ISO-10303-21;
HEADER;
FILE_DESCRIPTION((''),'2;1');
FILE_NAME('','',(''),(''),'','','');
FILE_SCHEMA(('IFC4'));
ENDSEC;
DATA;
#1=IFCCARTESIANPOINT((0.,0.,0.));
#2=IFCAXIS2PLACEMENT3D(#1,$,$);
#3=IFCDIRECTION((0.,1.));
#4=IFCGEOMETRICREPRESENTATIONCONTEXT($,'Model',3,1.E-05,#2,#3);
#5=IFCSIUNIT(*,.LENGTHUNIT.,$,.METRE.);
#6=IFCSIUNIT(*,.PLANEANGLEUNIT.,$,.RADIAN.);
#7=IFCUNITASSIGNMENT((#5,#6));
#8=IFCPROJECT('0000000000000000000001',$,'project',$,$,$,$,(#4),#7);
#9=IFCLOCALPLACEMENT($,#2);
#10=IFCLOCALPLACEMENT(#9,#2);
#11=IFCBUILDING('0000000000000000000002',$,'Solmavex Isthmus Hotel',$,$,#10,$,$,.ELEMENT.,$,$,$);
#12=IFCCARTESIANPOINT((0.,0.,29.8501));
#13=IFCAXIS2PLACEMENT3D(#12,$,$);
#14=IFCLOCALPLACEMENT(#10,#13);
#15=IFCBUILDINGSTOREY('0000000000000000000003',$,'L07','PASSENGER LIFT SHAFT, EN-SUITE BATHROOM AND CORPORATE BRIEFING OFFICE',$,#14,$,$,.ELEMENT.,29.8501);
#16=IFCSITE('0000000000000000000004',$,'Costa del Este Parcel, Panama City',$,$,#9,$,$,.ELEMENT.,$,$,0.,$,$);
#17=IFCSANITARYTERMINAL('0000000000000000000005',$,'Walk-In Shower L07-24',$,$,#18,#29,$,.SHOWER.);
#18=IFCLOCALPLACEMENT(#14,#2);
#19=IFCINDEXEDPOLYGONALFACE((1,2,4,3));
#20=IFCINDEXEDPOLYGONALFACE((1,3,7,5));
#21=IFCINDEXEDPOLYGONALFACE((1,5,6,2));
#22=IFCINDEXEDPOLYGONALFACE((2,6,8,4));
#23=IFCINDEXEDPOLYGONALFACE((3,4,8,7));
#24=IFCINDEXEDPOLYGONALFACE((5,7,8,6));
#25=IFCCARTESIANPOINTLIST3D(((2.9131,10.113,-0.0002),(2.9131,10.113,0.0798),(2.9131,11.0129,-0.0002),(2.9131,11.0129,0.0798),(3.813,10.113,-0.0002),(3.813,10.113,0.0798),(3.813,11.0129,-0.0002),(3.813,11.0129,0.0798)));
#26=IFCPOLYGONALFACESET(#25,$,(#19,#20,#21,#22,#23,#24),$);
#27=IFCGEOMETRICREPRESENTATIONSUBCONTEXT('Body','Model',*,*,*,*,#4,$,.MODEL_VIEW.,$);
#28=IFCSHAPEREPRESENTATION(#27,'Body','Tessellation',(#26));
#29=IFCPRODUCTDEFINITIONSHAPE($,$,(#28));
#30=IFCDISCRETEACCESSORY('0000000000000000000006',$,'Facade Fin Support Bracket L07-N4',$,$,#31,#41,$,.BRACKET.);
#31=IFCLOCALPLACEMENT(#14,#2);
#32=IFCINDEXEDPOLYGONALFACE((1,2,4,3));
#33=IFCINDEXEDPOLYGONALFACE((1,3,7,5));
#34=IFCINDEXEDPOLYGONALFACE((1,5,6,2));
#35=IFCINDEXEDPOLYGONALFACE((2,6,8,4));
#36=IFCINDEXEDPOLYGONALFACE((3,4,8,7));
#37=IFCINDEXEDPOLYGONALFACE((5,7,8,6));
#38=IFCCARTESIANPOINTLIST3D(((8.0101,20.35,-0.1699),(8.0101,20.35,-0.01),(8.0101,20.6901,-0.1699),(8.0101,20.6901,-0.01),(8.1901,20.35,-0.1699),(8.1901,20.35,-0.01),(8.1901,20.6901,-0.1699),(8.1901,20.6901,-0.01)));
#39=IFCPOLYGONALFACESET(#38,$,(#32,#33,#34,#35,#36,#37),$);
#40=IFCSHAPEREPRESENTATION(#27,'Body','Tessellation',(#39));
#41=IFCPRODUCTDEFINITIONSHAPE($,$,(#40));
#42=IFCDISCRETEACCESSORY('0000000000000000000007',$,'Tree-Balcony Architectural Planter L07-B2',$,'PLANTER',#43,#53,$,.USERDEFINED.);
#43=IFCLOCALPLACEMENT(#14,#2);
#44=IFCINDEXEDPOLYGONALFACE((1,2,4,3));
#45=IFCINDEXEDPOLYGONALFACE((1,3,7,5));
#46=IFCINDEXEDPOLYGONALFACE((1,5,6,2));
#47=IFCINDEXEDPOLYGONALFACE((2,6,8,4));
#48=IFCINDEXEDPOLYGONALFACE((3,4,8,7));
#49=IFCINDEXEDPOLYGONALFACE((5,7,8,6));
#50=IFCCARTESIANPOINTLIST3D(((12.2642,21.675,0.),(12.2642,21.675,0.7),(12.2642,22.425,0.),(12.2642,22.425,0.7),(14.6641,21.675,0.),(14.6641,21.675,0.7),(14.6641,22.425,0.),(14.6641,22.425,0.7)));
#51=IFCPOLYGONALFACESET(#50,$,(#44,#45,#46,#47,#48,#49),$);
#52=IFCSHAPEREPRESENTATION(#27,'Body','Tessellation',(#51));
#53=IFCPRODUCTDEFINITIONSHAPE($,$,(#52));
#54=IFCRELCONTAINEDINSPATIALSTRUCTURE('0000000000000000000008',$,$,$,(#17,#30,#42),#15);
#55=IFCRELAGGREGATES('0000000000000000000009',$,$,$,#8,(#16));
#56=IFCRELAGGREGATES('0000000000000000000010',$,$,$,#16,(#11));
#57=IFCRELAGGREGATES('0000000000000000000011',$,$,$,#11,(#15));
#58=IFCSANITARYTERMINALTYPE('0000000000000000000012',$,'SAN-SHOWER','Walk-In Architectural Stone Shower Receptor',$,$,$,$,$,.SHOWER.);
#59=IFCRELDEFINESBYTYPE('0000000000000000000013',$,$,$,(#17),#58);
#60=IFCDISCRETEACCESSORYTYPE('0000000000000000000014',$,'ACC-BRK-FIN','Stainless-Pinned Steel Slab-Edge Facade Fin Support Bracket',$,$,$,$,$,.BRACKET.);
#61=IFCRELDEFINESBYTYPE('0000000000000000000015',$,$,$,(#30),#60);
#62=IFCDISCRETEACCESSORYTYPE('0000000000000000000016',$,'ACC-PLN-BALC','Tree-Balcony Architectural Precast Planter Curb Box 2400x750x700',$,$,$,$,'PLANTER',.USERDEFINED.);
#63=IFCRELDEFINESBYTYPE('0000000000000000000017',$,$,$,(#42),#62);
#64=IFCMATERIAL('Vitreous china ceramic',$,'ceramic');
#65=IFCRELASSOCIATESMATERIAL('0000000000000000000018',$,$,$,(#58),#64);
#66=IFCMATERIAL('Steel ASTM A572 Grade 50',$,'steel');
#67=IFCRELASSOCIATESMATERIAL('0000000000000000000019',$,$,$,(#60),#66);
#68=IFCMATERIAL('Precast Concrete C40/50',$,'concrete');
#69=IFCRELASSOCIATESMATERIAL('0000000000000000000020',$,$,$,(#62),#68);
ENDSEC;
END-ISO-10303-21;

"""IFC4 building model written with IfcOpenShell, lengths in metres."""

from ifc_helpers import new_model, si_unit, direction, frame, origin, origin_2d, place, context, subcontext, project, spatial, rectangle, extrude, material, type_object, element, save


model = new_model("IFC4")

# Units and contexts
model_context = context("Model", 3, precision=1e-05, world=origin(), true_north=direction((0.0, 1.0)))
body_context = subcontext(model_context, "Body", "Model", "MODEL_VIEW")
ifc_project = project(units=[si_unit("LENGTHUNIT", "METRE"), si_unit("PLANEANGLEUNIT", "RADIAN")], contexts=[model_context])

# Site, building, storey
site_placement = place(None, origin())
site = spatial("IfcSite", under=ifc_project, at=site_placement, Name="Costa del Este Parcel, Panama City", CompositionType="ELEMENT", RefElevation=0.0)
building_placement = place(site_placement, origin())
building = spatial("IfcBuilding", under=site, at=building_placement, Name="Solmavex Isthmus Hotel", CompositionType="ELEMENT")
storey_placement = place(building_placement, frame((0.0, 0.0, 29.8501)))
storey = spatial("IfcBuildingStorey", under=building, at=storey_placement, Name="L07", Description="PASSENGER LIFT SHAFT, EN-SUITE BATHROOM AND CORPORATE BRIEFING OFFICE", CompositionType="ELEMENT", Elevation=29.8501)

# Shared definitions
ifc_material_1 = material(Name="Precast Concrete C40/50", Category="concrete")

# Sanitary terminal
ifc_material_2 = material(Name="Vitreous china ceramic", Category="ceramic")
sanitary_terminal_type = type_object("IfcSanitaryTerminalType", Name="SAN-SHOWER", Description="Walk-In Architectural Stone Shower Receptor", PredefinedType="SHOWER", material=ifc_material_2)
sanitary_terminal_placement = place(storey_placement, frame((3.363, 10.563, -0.0002), z_axis=(0.0, 0.0, 1.0), x_axis=(1.0, 0.0, 0.0)))
element("IfcSanitaryTerminal", 1, at=sanitary_terminal_placement, inside=storey, type_object=sanitary_terminal_type, Name="Walk-In Shower L07-24", PredefinedType="SHOWER", context=body_context, shape_type="SweptSolid", body=[
    extrude(rectangle(XDim=0.8999, YDim=0.8999, at=origin_2d()), origin(), (0.0, 0.0, 1.0), 0.0801),
])

# Discrete accessories
ifc_material_3 = material(Name="Steel ASTM A572 Grade 50", Category="steel")
discrete_accessory_type_1 = type_object("IfcDiscreteAccessoryType", Name="ACC-BRK-FIN", Description="Stainless-Pinned Steel Slab-Edge Facade Fin Support Bracket", PredefinedType="BRACKET", material=ifc_material_3)
discrete_accessory_1_placement = place(storey_placement, frame((8.1001, 20.52, -0.1699), z_axis=(0.0, 0.0, 1.0), x_axis=(0.0, 1.0, 0.0)))
element("IfcDiscreteAccessory", 2, at=discrete_accessory_1_placement, inside=storey, type_object=discrete_accessory_type_1, Name="Facade Fin Support Bracket L07-N4", PredefinedType="BRACKET", context=body_context, shape_type="SweptSolid", body=[
    extrude(rectangle(XDim=0.3401, YDim=0.1799, at=origin_2d()), origin(), (0.0, 0.0, 1.0), 0.1599),
])
discrete_accessory_type_2 = type_object("IfcDiscreteAccessoryType", Name="ACC-PLN-BALC", Description="Tree-Balcony Architectural Precast Planter Curb Box 2400x750x700", ElementType="PLANTER", PredefinedType="USERDEFINED", material=ifc_material_1)
discrete_accessory_2_placement = place(storey_placement, frame((13.4641, 22.05, 0.0), z_axis=(0.0, 0.0, 1.0), x_axis=(1.0, 0.0, 0.0)))
element("IfcDiscreteAccessory", 3, at=discrete_accessory_2_placement, inside=storey, type_object=discrete_accessory_type_2, Name="Tree-Balcony Architectural Planter L07-B2", ObjectType="PLANTER", PredefinedType="USERDEFINED", context=body_context, shape_type="SweptSolid", body=[
    extrude(rectangle(XDim=2.3999, YDim=0.75, at=origin_2d()), origin(), (0.0, 0.0, 1.0), 0.7),
])

save(model, "model.ifc")
